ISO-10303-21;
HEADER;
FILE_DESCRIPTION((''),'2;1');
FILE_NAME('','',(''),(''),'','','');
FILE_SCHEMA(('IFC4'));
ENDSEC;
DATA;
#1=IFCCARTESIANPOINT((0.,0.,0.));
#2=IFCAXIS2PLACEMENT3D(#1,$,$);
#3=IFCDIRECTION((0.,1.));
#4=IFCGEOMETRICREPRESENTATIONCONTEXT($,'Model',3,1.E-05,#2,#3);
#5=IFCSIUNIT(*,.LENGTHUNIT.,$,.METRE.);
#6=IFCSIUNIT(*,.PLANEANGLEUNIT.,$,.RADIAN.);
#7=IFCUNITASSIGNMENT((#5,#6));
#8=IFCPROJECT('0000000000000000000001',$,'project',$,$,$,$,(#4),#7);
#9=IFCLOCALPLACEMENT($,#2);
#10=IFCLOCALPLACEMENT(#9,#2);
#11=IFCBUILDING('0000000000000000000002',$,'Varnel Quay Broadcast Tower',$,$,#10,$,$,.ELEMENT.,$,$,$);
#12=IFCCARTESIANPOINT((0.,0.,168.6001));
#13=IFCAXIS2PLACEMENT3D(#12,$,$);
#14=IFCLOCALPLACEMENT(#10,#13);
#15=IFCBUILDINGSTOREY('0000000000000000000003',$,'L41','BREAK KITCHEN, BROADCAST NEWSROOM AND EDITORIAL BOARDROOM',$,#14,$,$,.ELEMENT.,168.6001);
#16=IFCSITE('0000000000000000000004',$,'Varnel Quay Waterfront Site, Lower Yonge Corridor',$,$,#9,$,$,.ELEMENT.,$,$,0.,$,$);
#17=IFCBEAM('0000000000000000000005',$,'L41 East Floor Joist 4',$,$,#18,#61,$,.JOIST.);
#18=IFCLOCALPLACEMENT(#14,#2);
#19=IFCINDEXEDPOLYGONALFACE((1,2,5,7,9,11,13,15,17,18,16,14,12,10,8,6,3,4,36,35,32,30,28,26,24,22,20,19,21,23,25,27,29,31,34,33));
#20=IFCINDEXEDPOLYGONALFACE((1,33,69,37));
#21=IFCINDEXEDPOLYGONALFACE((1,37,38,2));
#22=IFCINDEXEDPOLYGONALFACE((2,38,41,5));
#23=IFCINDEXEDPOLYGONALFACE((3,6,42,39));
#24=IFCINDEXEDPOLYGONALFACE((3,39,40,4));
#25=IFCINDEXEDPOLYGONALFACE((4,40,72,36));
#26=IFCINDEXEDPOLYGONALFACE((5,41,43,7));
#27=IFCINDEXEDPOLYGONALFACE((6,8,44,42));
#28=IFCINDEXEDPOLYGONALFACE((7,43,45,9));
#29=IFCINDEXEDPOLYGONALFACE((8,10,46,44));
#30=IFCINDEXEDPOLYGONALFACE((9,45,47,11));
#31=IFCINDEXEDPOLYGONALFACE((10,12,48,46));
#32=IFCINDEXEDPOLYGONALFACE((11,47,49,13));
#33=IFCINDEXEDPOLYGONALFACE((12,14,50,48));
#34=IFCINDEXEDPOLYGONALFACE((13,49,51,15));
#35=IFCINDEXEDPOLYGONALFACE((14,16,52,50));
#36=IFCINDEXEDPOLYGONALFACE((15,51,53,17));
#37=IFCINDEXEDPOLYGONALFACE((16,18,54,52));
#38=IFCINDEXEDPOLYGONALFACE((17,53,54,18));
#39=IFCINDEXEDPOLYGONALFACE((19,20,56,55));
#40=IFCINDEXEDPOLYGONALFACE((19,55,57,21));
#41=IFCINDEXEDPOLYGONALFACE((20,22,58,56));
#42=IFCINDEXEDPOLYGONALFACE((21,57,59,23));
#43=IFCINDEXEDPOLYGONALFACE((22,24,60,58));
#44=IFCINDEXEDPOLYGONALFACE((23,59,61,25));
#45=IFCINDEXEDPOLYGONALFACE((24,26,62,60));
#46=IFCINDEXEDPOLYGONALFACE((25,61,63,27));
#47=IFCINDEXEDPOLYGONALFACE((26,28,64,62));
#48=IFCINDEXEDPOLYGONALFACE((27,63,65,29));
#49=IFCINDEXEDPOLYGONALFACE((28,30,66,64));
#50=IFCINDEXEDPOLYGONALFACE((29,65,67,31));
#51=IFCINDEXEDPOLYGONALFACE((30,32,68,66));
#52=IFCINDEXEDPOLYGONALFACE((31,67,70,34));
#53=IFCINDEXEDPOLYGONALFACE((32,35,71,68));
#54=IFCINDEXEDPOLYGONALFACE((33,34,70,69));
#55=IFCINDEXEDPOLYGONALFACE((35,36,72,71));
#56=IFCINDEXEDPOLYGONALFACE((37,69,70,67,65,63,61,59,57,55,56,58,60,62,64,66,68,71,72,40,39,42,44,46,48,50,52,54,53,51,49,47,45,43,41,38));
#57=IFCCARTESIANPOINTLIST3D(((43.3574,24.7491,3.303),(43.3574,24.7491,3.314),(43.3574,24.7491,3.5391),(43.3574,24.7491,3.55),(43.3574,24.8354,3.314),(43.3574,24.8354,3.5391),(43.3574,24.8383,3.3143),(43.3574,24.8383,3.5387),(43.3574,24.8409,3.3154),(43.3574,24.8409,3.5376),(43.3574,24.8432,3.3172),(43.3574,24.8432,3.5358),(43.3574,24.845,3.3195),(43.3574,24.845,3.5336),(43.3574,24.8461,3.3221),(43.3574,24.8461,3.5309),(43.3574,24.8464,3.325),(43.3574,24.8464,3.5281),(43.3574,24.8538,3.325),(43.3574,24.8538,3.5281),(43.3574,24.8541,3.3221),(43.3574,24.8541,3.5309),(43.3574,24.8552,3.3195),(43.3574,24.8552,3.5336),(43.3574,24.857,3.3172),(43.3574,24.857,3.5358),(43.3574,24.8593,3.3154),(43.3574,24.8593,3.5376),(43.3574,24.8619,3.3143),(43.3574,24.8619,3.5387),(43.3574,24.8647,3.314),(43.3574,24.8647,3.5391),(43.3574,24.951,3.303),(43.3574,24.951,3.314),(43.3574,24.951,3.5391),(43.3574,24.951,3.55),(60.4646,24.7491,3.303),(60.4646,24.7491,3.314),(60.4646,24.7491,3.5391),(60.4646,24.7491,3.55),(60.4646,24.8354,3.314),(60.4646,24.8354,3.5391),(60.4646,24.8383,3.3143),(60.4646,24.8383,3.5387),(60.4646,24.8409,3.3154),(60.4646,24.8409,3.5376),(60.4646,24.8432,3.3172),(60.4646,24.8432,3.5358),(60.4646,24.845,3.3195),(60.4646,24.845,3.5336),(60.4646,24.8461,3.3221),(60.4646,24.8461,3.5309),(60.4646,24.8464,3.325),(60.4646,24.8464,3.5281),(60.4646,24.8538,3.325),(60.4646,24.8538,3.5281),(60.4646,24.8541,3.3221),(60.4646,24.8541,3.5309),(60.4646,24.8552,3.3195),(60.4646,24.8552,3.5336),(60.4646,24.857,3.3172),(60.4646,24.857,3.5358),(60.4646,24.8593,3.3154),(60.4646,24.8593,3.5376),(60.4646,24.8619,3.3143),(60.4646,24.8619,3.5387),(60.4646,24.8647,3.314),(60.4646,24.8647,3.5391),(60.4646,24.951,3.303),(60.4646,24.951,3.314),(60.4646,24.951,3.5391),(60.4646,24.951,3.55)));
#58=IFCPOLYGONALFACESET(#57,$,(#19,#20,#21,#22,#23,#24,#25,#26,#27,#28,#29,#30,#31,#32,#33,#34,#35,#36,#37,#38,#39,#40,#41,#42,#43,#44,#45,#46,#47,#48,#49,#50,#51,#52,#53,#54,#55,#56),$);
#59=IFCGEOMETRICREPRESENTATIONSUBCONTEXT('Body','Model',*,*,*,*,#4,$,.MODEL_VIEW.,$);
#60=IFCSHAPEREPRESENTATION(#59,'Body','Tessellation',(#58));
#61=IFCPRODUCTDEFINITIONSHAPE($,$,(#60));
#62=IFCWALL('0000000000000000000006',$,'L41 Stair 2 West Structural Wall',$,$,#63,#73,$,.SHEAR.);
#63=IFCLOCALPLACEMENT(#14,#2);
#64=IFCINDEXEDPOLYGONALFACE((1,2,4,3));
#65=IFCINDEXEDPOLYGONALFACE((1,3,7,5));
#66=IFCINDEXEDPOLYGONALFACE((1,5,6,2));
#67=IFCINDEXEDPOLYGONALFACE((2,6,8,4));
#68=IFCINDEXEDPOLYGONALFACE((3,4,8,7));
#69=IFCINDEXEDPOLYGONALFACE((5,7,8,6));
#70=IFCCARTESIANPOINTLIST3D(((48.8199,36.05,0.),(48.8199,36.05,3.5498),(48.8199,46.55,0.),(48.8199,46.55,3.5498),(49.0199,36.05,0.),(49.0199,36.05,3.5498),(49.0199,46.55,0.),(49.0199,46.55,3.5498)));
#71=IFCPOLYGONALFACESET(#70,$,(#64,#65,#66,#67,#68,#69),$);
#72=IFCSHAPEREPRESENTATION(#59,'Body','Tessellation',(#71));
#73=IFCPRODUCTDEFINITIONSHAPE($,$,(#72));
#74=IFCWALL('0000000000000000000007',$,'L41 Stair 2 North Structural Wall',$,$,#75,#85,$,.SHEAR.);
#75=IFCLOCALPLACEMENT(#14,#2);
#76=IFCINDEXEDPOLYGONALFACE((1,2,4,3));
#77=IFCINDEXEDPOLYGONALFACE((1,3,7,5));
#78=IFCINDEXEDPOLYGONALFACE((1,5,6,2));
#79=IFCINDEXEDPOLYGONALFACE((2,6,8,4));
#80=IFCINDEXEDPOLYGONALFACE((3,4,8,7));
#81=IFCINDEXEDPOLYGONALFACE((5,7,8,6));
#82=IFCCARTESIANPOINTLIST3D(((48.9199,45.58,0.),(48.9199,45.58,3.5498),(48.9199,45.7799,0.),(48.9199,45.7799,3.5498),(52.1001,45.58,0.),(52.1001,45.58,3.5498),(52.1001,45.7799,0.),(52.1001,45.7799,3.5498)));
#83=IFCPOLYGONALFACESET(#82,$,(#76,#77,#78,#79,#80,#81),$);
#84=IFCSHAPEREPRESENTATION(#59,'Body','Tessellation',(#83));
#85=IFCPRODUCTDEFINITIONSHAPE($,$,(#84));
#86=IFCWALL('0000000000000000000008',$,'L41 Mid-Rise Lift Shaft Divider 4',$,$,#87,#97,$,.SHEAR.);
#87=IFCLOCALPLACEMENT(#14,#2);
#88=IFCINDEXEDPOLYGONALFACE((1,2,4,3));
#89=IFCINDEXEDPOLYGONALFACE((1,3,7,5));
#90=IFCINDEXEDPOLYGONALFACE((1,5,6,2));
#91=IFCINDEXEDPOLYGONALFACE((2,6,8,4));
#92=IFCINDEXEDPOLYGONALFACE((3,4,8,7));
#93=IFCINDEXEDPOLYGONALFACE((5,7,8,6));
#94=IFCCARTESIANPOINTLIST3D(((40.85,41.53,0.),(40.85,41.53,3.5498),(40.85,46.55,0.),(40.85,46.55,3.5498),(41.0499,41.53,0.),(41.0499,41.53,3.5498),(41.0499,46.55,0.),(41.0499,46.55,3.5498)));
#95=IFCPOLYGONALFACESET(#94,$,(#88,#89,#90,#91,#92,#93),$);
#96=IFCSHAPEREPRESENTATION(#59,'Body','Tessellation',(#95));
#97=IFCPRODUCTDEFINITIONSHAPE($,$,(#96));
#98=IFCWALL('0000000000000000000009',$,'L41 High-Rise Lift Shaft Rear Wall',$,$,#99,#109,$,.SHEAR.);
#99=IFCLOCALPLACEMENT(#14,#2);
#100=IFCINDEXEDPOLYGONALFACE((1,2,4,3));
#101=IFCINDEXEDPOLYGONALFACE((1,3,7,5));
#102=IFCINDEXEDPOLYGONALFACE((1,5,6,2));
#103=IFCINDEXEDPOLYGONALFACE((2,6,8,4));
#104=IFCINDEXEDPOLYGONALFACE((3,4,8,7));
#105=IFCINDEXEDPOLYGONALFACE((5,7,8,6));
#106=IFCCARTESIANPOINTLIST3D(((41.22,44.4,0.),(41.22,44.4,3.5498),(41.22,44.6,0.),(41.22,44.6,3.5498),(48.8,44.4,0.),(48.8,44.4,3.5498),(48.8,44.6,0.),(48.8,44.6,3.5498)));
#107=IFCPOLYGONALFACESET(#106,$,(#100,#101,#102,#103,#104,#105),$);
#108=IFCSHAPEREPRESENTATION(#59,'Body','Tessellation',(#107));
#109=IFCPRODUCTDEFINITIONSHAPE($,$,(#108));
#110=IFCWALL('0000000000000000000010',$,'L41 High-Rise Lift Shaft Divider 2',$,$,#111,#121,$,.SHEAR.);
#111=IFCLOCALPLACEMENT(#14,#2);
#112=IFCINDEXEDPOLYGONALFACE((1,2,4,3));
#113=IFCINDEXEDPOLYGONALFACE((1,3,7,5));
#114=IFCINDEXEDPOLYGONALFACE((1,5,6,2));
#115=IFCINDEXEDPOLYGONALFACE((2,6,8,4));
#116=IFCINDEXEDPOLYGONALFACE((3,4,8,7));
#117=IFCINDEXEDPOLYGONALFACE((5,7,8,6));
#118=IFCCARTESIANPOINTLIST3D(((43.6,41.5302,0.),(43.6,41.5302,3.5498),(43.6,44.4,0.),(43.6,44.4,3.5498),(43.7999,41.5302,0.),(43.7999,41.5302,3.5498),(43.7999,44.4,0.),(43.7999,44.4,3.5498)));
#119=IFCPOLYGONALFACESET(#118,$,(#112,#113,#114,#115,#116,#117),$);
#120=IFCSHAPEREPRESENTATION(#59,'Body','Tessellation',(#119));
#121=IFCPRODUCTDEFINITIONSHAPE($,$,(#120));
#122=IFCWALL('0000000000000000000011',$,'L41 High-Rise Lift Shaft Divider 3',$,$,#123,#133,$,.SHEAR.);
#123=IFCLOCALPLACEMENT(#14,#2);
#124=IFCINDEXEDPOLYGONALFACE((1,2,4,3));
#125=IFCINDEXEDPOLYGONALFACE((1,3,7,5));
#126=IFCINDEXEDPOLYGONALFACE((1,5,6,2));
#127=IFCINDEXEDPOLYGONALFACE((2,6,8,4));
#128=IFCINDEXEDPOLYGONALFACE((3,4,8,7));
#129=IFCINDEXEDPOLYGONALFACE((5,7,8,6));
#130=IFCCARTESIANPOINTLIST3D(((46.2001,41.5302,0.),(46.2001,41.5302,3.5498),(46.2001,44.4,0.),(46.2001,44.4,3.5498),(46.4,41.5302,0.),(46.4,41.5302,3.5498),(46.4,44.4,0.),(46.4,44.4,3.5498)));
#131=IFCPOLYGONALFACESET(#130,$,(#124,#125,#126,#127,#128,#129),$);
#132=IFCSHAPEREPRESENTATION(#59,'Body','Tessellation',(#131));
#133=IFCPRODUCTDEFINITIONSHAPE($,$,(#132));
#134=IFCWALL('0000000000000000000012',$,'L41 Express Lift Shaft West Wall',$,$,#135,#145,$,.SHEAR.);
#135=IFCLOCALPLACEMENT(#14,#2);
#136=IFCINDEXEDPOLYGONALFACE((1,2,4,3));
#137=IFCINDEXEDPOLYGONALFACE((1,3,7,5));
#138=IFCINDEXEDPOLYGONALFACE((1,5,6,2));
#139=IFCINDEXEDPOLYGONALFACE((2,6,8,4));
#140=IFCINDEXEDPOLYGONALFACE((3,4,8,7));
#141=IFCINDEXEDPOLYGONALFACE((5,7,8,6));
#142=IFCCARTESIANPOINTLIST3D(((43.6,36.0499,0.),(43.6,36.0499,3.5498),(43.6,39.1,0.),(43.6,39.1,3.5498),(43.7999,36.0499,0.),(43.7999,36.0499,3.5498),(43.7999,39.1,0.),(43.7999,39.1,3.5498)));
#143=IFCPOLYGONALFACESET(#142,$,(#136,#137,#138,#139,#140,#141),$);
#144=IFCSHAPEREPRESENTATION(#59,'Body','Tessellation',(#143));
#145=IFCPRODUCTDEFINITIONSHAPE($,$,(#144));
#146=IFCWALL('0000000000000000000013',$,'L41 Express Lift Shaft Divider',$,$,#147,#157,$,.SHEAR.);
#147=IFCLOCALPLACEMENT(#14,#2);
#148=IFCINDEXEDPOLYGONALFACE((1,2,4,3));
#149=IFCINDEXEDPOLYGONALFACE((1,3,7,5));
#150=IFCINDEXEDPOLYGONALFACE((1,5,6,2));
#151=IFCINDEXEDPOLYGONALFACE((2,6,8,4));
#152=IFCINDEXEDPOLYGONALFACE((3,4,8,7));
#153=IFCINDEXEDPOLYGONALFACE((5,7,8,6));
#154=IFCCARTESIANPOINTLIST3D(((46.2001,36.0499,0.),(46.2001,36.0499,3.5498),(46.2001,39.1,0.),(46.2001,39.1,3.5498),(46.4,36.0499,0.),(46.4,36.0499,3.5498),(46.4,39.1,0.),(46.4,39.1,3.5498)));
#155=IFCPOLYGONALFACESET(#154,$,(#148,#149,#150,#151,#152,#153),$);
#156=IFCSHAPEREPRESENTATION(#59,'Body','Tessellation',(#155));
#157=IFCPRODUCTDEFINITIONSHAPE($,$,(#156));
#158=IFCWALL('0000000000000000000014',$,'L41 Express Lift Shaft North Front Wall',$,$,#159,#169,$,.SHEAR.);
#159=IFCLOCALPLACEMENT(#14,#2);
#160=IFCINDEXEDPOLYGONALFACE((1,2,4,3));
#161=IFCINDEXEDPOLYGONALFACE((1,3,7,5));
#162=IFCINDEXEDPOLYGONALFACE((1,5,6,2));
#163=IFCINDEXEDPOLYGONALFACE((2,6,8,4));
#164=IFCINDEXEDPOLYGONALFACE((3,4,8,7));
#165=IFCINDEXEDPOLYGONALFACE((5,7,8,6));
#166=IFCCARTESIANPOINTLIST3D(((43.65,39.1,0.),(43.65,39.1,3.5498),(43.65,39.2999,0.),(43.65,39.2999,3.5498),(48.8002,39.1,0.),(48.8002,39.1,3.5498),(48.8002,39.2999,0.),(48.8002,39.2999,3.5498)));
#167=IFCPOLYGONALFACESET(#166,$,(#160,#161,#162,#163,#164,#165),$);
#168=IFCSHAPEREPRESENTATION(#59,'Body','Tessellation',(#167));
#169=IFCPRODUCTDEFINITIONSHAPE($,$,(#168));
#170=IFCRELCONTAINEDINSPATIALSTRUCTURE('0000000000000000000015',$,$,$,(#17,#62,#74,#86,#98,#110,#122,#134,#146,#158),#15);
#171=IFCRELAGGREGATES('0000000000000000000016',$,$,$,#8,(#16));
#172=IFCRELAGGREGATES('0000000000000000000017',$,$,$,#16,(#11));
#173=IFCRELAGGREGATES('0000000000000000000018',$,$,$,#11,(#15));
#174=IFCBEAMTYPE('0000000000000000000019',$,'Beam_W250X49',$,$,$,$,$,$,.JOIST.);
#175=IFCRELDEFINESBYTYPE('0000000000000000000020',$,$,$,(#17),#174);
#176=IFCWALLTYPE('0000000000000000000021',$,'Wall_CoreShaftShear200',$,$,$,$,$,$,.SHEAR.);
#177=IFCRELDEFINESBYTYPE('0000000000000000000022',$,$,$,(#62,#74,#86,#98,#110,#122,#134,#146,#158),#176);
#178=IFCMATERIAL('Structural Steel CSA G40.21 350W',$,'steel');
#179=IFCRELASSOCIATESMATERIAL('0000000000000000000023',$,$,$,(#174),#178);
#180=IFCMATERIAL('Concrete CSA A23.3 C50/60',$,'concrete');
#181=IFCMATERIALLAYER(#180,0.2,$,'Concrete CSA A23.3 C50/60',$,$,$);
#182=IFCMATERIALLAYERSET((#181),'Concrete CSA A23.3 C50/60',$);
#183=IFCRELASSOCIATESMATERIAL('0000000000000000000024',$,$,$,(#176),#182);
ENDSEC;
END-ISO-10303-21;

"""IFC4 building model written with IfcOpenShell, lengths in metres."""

from ifc_helpers import new_model, si_unit, direction, frame, frame_2d, origin, origin_2d, place, context, subcontext, project, spatial, rectangle, i_section, extrude, source, transform, mapped, material, layer, layer_set, material_profile, profile_set, type_object, type_shapes, element, save


model = new_model("IFC4")

# Units and contexts
model_context = context("Model", 3, precision=1e-05, world=origin(), true_north=direction((0.0, 1.0)))
body_context = subcontext(model_context, "Body", "Model", "MODEL_VIEW")
ifc_project = project(units=[si_unit("LENGTHUNIT", "METRE"), si_unit("PLANEANGLEUNIT", "RADIAN")], contexts=[model_context])

# Site, building, storey
site_placement = place(None, origin())
site = spatial("IfcSite", under=ifc_project, at=site_placement, Name="Varnel Quay Waterfront Site, Lower Yonge Corridor", CompositionType="ELEMENT", RefElevation=0.0)
building_placement = place(site_placement, origin())
building = spatial("IfcBuilding", under=site, at=building_placement, Name="Varnel Quay Broadcast Tower", CompositionType="ELEMENT")
storey_placement = place(building_placement, frame((0.0, 0.0, 168.6001)))
storey = spatial("IfcBuildingStorey", under=building, at=storey_placement, Name="L41", Description="BREAK KITCHEN, BROADCAST NEWSROOM AND EDITORIAL BOARDROOM", CompositionType="ELEMENT", Elevation=168.6001)

# Beam
ifc_material_1 = material(Name="Structural Steel CSA G40.21 350W", Category="steel")
ifc_material_profile_1 = material_profile(ifc_material_1, i_section(OverallWidth=0.2019, OverallDepth=0.2471, WebThickness=0.0073, FlangeThickness=0.011, FilletRadius=0.011, at=origin_2d()), Name="W250X49")
ifc_profile_set_1 = profile_set([ifc_material_profile_1], Name="Structural Steel CSA G40.21 350W")
beam_type_1 = type_object("IfcBeamType", Name="Beam_W250X49", PredefinedType="JOIST", material=ifc_profile_set_1)
shared_shape_1 = source(origin(), body_context, "Body", "SweptSolid", [
    extrude(i_section(OverallWidth=0.2019, OverallDepth=0.2471, WebThickness=0.0073, FlangeThickness=0.011, FilletRadius=0.011, at=origin_2d()), origin(), (0.0, 0.0, 1.0), 17.1072),
])
type_shapes(beam_type_1, [shared_shape_1])
beam_1_placement = place(storey_placement, frame((43.3574, 24.8501, 3.4265), z_axis=(1.0, 0.0, 0.0), x_axis=(0.0, 1.0, 0.0)))
element("IfcBeam", 1, at=beam_1_placement, inside=storey, type_object=beam_type_1, Name="L41 East Floor Joist 4", PredefinedType="JOIST", context=body_context, shape_type="MappedRepresentation", body=[
    mapped(shared_shape_1, transform((0.0, 0.0, 0.0), x_axis=(1.0, 0.0, 0.0), y_axis=(0.0, 1.0, 0.0), z_axis=(0.0, 0.0, 1.0), scale=1.0)),
])

# Walls
ifc_material_2 = material(Name="Concrete CSA A23.3 C50/60", Category="concrete")
ifc_layer_1 = layer(ifc_material_2, 0.2, Name="Concrete CSA A23.3 C50/60")
ifc_layer_set_1 = layer_set([ifc_layer_1], Name="Concrete CSA A23.3 C50/60")
wall_type_1 = type_object("IfcWallType", Name="Wall_CoreShaftShear200", PredefinedType="SHEAR", material=ifc_layer_set_1)
wall_1_placement = place(storey_placement, frame((48.9199, 36.05, 0.0), z_axis=(0.0, 0.0, 1.0), x_axis=(0.0, 1.0, 0.0)))
element("IfcWall", 2, at=wall_1_placement, inside=storey, type_object=wall_type_1, Name="L41 Stair 2 West Structural Wall", PredefinedType="SHEAR", context=body_context, shape_type="SweptSolid", body=[
    extrude(rectangle(XDim=10.5, YDim=0.2, at=frame_2d((5.25, 0.0))), origin(), (0.0, 0.0, 1.0), 3.5498),
])
wall_2_placement = place(storey_placement, frame((48.9199, 45.6799, 0.0), z_axis=(0.0, 0.0, 1.0), x_axis=(1.0, 0.0, 0.0)))
element("IfcWall", 3, at=wall_2_placement, inside=storey, type_object=wall_type_1, Name="L41 Stair 2 North Structural Wall", PredefinedType="SHEAR", context=body_context, shape_type="SweptSolid", body=[
    extrude(rectangle(XDim=3.1802, YDim=0.2, at=frame_2d((1.5901, 0.0))), origin(), (0.0, 0.0, 1.0), 3.5498),
])
wall_3_placement = place(storey_placement, frame((40.95, 41.53, 0.0), z_axis=(0.0, 0.0, 1.0), x_axis=(0.0, 1.0, 0.0)))
element("IfcWall", 4, at=wall_3_placement, inside=storey, type_object=wall_type_1, Name="L41 Mid-Rise Lift Shaft Divider 4", PredefinedType="SHEAR", context=body_context, shape_type="SweptSolid", body=[
    extrude(rectangle(XDim=5.02, YDim=0.2, at=frame_2d((2.51, 0.0))), origin(), (0.0, 0.0, 1.0), 3.5498),
])
wall_4_placement = place(storey_placement, frame((41.22, 44.5, 0.0), z_axis=(0.0, 0.0, 1.0), x_axis=(1.0, 0.0, 0.0)))
element("IfcWall", 5, at=wall_4_placement, inside=storey, type_object=wall_type_1, Name="L41 High-Rise Lift Shaft Rear Wall", PredefinedType="SHEAR", context=body_context, shape_type="SweptSolid", body=[
    extrude(rectangle(XDim=7.5801, YDim=0.2, at=frame_2d((3.79, 0.0))), origin(), (0.0, 0.0, 1.0), 3.5498),
])
for number, where, z_axis, x_axis, name in (
    (6, (43.7, 41.53, 0.0), (0.0, 0.0, 1.0), (0.0, 1.0, 0.0), "L41 High-Rise Lift Shaft Divider 2"),
    (7, (46.3, 41.53, 0.0), (0.0, 0.0, 1.0), (0.0, 1.0, 0.0), "L41 High-Rise Lift Shaft Divider 3"),
):
    element("IfcWall", number, at=place(storey_placement, frame(where, z_axis=z_axis, x_axis=x_axis)), inside=storey, type_object=wall_type_1, Name=name, PredefinedType="SHEAR", context=body_context, shape_type="SweptSolid", body=[
        extrude(rectangle(XDim=2.8699, YDim=0.2, at=frame_2d((1.4351, 0.0))), origin(), (0.0, 0.0, 1.0), 3.5498),
    ])
for number, where, z_axis, x_axis, name in (
    (8, (43.7, 36.05, 0.0), (0.0, 0.0, 1.0), (0.0, 1.0, 0.0), "L41 Express Lift Shaft West Wall"),
    (9, (46.3, 36.05, 0.0), (0.0, 0.0, 1.0), (0.0, 1.0, 0.0), "L41 Express Lift Shaft Divider"),
):
    element("IfcWall", number, at=place(storey_placement, frame(where, z_axis=z_axis, x_axis=x_axis)), inside=storey, type_object=wall_type_1, Name=name, PredefinedType="SHEAR", context=body_context, shape_type="SweptSolid", body=[
        extrude(rectangle(XDim=3.05, YDim=0.2, at=frame_2d((1.5249, 0.0))), origin(), (0.0, 0.0, 1.0), 3.5498),
    ])
wall_5_placement = place(storey_placement, frame((43.6499, 39.2, 0.0), z_axis=(0.0, 0.0, 1.0), x_axis=(1.0, 0.0, 0.0)))
element("IfcWall", 10, at=wall_5_placement, inside=storey, type_object=wall_type_1, Name="L41 Express Lift Shaft North Front Wall", PredefinedType="SHEAR", context=body_context, shape_type="SweptSolid", body=[
    extrude(rectangle(XDim=5.1501, YDim=0.2, at=frame_2d((2.5752, 0.0))), origin(), (0.0, 0.0, 1.0), 3.5498),
])

save(model, "model.ifc")
